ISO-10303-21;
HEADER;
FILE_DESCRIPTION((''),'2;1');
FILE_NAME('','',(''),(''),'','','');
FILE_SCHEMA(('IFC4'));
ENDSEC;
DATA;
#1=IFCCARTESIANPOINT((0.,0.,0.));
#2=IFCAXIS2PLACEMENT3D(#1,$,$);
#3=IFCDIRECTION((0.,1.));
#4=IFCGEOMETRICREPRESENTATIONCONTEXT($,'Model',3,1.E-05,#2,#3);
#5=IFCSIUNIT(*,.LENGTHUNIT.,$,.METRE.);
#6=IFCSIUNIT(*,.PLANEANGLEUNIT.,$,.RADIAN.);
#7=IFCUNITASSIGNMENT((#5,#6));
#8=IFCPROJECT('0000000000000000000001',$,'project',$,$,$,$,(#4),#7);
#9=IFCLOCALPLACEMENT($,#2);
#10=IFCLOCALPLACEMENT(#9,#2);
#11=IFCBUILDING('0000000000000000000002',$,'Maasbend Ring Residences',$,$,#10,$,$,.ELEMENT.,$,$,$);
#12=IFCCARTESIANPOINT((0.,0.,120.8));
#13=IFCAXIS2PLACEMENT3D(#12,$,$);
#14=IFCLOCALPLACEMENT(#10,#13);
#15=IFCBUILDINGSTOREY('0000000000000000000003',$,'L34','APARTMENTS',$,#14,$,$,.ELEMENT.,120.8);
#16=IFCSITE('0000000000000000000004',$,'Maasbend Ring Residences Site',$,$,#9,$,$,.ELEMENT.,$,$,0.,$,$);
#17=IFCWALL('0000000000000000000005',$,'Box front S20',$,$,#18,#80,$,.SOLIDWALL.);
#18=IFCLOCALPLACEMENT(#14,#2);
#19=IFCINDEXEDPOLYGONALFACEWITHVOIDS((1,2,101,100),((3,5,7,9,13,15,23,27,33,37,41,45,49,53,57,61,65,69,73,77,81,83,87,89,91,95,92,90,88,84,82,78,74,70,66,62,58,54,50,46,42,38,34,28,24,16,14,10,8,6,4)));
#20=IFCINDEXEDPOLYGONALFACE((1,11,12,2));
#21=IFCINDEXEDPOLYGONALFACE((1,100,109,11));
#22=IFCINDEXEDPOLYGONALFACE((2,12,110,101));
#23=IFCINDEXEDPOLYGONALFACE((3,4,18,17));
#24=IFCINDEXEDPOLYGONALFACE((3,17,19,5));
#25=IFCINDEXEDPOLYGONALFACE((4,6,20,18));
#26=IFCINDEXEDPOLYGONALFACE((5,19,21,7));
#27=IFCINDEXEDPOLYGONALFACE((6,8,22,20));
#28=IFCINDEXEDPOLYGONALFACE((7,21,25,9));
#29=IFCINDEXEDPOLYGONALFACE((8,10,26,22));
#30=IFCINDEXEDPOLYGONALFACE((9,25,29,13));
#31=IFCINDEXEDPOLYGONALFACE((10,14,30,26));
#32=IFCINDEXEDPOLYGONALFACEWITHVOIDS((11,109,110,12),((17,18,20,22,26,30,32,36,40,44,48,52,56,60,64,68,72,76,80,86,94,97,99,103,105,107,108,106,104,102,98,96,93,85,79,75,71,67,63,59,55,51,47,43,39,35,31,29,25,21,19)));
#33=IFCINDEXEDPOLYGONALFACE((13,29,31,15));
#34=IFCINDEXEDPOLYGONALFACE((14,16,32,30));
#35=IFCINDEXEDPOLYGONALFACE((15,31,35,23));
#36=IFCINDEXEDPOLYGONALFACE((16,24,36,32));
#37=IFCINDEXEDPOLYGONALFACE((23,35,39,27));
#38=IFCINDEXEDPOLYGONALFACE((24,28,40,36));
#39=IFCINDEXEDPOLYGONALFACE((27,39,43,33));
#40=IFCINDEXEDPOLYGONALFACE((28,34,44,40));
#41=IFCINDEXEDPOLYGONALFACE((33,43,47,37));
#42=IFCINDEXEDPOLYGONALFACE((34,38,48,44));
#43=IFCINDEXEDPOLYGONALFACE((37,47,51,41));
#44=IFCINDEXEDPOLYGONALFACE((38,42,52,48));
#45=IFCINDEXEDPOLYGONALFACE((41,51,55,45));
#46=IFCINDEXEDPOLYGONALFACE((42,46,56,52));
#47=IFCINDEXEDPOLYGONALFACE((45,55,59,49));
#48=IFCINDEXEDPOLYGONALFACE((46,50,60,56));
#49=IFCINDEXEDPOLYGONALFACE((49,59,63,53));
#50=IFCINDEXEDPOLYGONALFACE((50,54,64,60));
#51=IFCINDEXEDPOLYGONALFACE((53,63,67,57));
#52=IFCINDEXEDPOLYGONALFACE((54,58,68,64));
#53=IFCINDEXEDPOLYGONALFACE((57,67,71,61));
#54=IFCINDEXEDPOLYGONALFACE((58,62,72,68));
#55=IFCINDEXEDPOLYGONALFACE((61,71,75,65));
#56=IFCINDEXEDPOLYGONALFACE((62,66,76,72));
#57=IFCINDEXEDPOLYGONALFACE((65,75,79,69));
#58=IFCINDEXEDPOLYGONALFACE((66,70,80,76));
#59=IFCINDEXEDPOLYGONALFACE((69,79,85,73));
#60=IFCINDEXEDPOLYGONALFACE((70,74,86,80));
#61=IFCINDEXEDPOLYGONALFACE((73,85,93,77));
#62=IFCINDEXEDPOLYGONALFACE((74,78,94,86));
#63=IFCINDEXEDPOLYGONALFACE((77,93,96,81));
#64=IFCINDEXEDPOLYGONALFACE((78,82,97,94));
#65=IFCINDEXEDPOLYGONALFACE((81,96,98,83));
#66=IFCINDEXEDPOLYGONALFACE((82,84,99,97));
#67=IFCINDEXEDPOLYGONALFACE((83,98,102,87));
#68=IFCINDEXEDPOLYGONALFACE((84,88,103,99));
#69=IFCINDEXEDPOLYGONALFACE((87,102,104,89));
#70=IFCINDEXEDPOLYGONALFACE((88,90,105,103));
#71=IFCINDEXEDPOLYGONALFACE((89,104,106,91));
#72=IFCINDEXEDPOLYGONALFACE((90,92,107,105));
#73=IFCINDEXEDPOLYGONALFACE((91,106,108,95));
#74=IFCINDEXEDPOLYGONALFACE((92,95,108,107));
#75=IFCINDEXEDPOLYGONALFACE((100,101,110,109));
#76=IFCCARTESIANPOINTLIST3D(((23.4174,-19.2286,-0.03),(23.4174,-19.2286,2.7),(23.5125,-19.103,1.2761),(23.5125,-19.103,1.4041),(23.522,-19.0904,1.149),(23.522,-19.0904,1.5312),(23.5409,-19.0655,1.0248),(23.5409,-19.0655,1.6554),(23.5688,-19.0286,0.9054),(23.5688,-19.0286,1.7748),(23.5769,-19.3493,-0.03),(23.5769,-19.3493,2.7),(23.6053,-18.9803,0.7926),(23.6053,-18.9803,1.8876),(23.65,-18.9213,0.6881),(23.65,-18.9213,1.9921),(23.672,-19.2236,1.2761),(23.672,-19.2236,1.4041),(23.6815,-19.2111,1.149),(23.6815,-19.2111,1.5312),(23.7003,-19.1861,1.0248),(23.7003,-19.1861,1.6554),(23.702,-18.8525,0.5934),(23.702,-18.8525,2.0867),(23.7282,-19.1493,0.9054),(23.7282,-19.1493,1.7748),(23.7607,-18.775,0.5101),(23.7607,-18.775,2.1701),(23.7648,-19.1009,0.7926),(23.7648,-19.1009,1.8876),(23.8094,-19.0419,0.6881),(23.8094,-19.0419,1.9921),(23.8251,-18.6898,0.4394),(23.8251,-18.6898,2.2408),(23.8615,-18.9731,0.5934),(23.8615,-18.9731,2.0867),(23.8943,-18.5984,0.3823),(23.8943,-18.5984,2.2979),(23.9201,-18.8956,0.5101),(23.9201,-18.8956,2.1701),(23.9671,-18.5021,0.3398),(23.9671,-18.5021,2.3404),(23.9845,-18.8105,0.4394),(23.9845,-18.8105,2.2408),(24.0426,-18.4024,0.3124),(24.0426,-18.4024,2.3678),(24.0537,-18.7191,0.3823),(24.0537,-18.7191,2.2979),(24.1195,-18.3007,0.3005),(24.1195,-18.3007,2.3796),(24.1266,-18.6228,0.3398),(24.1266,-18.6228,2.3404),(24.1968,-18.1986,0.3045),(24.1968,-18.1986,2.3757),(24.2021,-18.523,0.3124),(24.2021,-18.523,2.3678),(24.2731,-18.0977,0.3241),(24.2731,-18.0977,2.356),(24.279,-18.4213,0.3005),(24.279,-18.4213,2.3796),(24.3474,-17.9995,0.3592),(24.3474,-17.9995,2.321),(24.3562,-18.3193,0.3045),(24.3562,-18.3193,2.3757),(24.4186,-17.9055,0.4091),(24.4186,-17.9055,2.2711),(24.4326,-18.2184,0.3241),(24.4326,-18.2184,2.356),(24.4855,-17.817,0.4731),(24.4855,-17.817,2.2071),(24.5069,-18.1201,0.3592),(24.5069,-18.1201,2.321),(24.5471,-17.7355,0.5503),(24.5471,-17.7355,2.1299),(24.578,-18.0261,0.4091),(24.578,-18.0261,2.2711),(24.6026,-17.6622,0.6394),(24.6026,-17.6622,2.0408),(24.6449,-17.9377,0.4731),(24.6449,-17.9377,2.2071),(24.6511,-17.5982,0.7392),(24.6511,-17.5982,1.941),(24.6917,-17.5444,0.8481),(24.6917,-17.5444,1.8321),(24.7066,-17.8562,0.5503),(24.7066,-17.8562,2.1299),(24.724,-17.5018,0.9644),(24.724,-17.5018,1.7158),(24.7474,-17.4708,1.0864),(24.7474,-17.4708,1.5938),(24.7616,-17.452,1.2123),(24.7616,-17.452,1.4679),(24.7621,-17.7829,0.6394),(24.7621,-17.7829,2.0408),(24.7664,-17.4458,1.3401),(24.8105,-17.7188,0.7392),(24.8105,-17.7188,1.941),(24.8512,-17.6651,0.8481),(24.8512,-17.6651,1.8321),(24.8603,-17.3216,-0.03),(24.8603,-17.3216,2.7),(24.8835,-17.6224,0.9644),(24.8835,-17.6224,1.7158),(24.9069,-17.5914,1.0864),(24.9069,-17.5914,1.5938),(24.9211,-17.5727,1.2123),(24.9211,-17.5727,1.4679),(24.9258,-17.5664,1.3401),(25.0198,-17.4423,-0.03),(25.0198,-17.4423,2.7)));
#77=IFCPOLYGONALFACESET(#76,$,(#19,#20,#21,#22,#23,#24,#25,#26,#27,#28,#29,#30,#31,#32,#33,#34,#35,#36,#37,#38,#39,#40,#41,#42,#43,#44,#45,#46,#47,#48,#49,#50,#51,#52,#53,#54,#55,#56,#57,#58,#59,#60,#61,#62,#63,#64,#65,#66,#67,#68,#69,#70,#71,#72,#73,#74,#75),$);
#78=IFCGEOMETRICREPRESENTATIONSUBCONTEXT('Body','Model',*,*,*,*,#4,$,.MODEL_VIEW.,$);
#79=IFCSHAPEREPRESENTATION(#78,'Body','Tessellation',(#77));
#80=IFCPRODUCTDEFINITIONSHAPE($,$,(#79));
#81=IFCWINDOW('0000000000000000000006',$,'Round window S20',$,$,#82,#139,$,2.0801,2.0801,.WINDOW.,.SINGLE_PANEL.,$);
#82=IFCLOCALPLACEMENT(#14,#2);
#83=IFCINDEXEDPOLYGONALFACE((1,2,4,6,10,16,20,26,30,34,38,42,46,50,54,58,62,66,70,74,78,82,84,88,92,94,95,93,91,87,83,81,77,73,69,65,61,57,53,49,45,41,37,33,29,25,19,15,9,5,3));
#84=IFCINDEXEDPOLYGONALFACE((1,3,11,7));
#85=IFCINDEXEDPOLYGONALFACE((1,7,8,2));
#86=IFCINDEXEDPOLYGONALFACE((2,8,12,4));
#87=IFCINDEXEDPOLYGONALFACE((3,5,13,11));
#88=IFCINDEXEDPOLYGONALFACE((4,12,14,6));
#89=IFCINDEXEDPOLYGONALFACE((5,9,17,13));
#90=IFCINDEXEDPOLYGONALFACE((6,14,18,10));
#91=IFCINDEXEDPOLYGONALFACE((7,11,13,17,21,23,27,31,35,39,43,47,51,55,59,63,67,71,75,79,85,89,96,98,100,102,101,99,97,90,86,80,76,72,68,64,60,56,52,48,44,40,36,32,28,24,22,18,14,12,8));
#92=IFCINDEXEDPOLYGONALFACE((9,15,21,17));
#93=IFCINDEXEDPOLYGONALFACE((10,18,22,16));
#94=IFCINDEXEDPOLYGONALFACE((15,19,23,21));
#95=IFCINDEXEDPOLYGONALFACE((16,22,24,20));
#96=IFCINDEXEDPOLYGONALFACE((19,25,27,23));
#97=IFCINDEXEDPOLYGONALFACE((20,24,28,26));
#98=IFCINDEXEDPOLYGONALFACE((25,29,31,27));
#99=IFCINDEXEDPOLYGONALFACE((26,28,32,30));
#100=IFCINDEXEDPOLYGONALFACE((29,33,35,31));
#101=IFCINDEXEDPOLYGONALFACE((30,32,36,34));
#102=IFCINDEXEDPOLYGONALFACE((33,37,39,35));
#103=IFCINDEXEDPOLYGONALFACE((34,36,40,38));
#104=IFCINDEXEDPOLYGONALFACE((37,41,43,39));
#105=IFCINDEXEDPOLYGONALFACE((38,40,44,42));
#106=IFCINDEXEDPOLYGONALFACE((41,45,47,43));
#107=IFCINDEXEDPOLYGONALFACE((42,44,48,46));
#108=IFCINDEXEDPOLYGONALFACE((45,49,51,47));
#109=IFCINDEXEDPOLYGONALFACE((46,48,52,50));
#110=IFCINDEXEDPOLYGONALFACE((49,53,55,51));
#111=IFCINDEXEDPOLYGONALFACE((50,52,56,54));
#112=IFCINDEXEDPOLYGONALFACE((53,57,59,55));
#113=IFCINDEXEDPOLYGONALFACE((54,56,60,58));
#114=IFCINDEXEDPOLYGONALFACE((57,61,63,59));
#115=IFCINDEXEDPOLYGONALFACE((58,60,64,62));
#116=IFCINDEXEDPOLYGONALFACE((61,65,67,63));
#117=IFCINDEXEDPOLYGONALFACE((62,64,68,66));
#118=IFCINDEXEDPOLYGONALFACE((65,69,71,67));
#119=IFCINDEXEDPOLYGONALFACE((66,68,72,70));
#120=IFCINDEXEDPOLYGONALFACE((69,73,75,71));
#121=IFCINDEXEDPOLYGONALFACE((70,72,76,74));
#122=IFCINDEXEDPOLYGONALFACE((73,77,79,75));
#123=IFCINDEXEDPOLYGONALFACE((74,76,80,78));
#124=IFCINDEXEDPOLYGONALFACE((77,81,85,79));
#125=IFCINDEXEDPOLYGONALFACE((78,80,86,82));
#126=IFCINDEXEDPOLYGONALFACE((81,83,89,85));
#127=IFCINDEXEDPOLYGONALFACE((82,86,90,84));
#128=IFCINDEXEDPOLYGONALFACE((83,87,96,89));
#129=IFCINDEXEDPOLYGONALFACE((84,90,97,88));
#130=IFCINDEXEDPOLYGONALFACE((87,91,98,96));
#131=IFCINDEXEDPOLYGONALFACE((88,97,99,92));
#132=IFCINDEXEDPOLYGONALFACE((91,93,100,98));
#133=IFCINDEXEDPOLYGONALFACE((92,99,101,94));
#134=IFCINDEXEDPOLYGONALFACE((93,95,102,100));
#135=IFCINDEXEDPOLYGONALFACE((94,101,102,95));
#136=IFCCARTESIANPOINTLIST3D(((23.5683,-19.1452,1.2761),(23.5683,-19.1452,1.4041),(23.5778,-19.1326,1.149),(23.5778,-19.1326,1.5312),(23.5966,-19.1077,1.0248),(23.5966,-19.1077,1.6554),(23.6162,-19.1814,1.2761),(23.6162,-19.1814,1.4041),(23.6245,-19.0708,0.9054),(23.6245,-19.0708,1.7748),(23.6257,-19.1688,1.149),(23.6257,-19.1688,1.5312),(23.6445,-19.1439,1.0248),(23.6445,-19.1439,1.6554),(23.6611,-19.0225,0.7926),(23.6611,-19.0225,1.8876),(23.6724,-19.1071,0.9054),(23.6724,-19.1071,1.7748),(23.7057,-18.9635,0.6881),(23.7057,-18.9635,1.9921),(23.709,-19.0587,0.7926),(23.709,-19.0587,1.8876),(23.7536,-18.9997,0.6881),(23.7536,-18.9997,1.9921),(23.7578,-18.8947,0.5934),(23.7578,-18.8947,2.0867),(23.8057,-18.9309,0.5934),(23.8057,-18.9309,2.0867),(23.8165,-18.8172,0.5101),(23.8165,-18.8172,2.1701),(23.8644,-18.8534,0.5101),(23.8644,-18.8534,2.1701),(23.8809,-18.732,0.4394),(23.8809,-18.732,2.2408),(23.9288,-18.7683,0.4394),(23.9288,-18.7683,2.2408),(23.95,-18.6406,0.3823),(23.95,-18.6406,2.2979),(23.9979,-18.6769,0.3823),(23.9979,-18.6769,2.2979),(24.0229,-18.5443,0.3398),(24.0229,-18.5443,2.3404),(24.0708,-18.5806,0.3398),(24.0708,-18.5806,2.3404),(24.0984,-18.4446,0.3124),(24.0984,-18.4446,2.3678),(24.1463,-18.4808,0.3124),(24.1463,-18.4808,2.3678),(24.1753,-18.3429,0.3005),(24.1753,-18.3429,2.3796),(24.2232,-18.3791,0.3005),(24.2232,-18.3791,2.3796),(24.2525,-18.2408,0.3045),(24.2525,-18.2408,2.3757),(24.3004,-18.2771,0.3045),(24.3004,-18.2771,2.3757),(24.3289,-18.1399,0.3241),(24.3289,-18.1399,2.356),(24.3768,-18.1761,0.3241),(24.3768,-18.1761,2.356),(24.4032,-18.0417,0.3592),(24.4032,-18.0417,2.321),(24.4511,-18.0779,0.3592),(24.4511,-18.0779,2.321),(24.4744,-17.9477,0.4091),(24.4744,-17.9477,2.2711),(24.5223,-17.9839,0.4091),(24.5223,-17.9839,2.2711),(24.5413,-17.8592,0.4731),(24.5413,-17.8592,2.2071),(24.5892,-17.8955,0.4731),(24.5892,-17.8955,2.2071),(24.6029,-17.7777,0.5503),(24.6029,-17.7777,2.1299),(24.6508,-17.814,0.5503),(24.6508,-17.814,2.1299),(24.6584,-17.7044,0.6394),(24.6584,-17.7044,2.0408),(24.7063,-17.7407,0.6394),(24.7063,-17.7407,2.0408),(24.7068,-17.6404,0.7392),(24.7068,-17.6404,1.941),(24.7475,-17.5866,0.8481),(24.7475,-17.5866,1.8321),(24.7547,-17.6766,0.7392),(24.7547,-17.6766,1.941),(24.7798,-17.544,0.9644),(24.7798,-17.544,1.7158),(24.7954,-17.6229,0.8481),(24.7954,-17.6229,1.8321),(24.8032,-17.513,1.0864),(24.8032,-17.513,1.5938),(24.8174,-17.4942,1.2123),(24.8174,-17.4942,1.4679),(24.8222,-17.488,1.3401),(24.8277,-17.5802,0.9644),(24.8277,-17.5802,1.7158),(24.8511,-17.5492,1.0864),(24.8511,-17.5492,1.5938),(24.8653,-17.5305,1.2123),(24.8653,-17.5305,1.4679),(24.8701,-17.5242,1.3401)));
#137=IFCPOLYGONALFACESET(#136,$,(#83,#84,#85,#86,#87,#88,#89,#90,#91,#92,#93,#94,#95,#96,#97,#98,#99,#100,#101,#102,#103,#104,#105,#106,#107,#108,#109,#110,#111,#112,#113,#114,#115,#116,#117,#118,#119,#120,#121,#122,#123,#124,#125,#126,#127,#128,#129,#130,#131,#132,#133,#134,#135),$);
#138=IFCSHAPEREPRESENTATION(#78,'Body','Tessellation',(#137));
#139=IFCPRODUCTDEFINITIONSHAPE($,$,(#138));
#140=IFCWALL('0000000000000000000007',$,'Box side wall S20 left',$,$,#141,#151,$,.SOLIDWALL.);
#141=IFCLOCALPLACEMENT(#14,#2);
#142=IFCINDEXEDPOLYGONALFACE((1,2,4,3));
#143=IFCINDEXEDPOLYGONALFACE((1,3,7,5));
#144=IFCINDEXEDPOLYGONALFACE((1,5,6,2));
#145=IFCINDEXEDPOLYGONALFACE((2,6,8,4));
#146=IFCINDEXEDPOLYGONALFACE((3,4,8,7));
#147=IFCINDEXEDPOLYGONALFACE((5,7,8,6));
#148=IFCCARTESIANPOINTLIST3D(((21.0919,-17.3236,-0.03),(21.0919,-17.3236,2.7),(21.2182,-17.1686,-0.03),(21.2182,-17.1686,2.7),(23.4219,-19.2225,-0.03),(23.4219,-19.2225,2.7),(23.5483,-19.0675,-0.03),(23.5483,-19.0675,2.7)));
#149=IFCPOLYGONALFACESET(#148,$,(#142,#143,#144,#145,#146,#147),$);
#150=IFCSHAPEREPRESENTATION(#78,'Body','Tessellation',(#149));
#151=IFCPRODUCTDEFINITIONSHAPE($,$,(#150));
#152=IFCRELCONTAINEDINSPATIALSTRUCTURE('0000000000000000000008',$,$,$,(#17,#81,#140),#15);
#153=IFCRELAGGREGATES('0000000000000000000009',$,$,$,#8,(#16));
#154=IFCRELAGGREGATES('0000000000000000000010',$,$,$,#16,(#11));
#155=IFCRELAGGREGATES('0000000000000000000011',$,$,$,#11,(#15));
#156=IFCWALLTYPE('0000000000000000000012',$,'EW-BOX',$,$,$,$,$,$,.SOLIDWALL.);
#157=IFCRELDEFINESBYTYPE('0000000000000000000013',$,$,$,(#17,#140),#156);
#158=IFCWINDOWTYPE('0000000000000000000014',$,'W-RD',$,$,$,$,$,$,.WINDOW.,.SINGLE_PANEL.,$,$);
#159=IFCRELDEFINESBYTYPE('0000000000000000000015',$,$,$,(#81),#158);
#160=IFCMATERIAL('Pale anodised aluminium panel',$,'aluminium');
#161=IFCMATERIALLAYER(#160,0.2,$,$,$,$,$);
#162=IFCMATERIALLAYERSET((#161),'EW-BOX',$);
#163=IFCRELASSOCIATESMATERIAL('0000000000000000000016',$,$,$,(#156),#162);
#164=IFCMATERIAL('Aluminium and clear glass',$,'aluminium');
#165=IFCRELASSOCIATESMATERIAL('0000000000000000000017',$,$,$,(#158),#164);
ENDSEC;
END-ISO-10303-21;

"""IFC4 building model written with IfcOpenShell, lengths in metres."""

from ifc_helpers import new_model, si_unit, direction, frame, frame_2d, origin, place, context, subcontext, project, spatial, rectangle, circle, extrude, material, layer, layer_set, type_object, element, fill, save


model = new_model("IFC4")

# Units and contexts
model_context = context("Model", 3, precision=1e-05, world=origin(), true_north=direction((0.0, 1.0)))
body_context = subcontext(model_context, "Body", "Model", "MODEL_VIEW")
ifc_project = project(units=[si_unit("LENGTHUNIT", "METRE"), si_unit("PLANEANGLEUNIT", "RADIAN")], contexts=[model_context])

# Site, building, storey
site_placement = place(None, origin())
site = spatial("IfcSite", under=ifc_project, at=site_placement, Name="Maasbend Ring Residences Site", CompositionType="ELEMENT", RefElevation=0.0)
building_placement = place(site_placement, origin())
building = spatial("IfcBuilding", under=site, at=building_placement, Name="Maasbend Ring Residences", CompositionType="ELEMENT")
storey_placement = place(building_placement, frame((0.0, 0.0, 120.8)))
storey = spatial("IfcBuildingStorey", under=building, at=storey_placement, Name="L34", Description="APARTMENTS", CompositionType="ELEMENT", Elevation=120.8)

# Shared definitions
ifc_material_1 = material(Name="Pale anodised aluminium panel", Category="aluminium")
ifc_layer_1 = layer(ifc_material_1, 0.2)
ifc_layer_set_1 = layer_set([ifc_layer_1], Name="EW-BOX")
wall_type_1 = type_object("IfcWallType", Name="EW-BOX", PredefinedType="SOLIDWALL", material=ifc_layer_set_1)
ifc_material_2 = material(Name="Aluminium and clear glass", Category="aluminium")
window_type_1 = type_object("IfcWindowType", Name="W-RD", PartitioningType="SINGLE_PANEL", PredefinedType="WINDOW", material=ifc_material_2)

# Wall, opening, window
wall_1_placement = place(storey_placement, frame((23.4971, -19.2891, -0.03), z_axis=(0.0, 0.0, 1.0), x_axis=(0.603376, 0.797457, 0.0)))
wall_1 = element("IfcWall", 1, at=wall_1_placement, inside=storey, type_object=wall_type_1, Name="Box front S20", PredefinedType="SOLIDWALL", context=body_context, shape_type="SweptSolid", body=[
    extrude(rectangle(XDim=2.3914, YDim=0.2, at=frame_2d((1.1958, 0.0))), origin(), (0.0, 0.0, 1.0), 2.73),
])
opening_1_placement = place(wall_1_placement, frame((0.1558, 0.0, 0.3301)))
opening_1 = element("IfcOpeningElement", 2, at=opening_1_placement, cuts=wall_1, PredefinedType="OPENING", context=body_context, shape_type="SweptSolid", body=[
    extrude(circle(Radius=1.04, at=frame_2d((1.04, 1.04))), frame((0.0, 0.1099, 0.0), z_axis=(0.0, -1.0, 0.0), x_axis=(1.0, 0.0, 0.0)), (0.0, 0.0, 1.0), 0.22),
])
window_1_placement = place(opening_1_placement, origin())
window_1 = element("IfcWindow", 3, at=window_1_placement, inside=storey, type_object=window_type_1, Name="Round window S20", OverallHeight=2.0801, OverallWidth=2.0801, PartitioningType="SINGLE_PANEL", PredefinedType="WINDOW", context=body_context, shape_type="SweptSolid", body=[
    extrude(circle(Radius=1.04, at=frame_2d((1.04, 1.04))), frame((0.0, 0.03, 0.0), z_axis=(0.0, -1.0, 0.0), x_axis=(1.0, 0.0, 0.0)), (0.0, 0.0, 1.0), 0.0601),
])
fill(opening_1, window_1)

# Wall
wall_2_placement = place(storey_placement, frame((21.155, -17.2461, -0.03), z_axis=(0.0, 0.0, 1.0), x_axis=(0.775179, -0.631742, 0.0)))
element("IfcWall", 4, at=wall_2_placement, inside=storey, type_object=wall_type_1, Name="Box side wall S20 left", PredefinedType="SOLIDWALL", context=body_context, shape_type="SweptSolid", body=[
    extrude(rectangle(XDim=3.0059, YDim=0.2, at=frame_2d((1.5029, 0.0))), origin(), (0.0, 0.0, 1.0), 2.73),
])

save(model, "model.ifc")
